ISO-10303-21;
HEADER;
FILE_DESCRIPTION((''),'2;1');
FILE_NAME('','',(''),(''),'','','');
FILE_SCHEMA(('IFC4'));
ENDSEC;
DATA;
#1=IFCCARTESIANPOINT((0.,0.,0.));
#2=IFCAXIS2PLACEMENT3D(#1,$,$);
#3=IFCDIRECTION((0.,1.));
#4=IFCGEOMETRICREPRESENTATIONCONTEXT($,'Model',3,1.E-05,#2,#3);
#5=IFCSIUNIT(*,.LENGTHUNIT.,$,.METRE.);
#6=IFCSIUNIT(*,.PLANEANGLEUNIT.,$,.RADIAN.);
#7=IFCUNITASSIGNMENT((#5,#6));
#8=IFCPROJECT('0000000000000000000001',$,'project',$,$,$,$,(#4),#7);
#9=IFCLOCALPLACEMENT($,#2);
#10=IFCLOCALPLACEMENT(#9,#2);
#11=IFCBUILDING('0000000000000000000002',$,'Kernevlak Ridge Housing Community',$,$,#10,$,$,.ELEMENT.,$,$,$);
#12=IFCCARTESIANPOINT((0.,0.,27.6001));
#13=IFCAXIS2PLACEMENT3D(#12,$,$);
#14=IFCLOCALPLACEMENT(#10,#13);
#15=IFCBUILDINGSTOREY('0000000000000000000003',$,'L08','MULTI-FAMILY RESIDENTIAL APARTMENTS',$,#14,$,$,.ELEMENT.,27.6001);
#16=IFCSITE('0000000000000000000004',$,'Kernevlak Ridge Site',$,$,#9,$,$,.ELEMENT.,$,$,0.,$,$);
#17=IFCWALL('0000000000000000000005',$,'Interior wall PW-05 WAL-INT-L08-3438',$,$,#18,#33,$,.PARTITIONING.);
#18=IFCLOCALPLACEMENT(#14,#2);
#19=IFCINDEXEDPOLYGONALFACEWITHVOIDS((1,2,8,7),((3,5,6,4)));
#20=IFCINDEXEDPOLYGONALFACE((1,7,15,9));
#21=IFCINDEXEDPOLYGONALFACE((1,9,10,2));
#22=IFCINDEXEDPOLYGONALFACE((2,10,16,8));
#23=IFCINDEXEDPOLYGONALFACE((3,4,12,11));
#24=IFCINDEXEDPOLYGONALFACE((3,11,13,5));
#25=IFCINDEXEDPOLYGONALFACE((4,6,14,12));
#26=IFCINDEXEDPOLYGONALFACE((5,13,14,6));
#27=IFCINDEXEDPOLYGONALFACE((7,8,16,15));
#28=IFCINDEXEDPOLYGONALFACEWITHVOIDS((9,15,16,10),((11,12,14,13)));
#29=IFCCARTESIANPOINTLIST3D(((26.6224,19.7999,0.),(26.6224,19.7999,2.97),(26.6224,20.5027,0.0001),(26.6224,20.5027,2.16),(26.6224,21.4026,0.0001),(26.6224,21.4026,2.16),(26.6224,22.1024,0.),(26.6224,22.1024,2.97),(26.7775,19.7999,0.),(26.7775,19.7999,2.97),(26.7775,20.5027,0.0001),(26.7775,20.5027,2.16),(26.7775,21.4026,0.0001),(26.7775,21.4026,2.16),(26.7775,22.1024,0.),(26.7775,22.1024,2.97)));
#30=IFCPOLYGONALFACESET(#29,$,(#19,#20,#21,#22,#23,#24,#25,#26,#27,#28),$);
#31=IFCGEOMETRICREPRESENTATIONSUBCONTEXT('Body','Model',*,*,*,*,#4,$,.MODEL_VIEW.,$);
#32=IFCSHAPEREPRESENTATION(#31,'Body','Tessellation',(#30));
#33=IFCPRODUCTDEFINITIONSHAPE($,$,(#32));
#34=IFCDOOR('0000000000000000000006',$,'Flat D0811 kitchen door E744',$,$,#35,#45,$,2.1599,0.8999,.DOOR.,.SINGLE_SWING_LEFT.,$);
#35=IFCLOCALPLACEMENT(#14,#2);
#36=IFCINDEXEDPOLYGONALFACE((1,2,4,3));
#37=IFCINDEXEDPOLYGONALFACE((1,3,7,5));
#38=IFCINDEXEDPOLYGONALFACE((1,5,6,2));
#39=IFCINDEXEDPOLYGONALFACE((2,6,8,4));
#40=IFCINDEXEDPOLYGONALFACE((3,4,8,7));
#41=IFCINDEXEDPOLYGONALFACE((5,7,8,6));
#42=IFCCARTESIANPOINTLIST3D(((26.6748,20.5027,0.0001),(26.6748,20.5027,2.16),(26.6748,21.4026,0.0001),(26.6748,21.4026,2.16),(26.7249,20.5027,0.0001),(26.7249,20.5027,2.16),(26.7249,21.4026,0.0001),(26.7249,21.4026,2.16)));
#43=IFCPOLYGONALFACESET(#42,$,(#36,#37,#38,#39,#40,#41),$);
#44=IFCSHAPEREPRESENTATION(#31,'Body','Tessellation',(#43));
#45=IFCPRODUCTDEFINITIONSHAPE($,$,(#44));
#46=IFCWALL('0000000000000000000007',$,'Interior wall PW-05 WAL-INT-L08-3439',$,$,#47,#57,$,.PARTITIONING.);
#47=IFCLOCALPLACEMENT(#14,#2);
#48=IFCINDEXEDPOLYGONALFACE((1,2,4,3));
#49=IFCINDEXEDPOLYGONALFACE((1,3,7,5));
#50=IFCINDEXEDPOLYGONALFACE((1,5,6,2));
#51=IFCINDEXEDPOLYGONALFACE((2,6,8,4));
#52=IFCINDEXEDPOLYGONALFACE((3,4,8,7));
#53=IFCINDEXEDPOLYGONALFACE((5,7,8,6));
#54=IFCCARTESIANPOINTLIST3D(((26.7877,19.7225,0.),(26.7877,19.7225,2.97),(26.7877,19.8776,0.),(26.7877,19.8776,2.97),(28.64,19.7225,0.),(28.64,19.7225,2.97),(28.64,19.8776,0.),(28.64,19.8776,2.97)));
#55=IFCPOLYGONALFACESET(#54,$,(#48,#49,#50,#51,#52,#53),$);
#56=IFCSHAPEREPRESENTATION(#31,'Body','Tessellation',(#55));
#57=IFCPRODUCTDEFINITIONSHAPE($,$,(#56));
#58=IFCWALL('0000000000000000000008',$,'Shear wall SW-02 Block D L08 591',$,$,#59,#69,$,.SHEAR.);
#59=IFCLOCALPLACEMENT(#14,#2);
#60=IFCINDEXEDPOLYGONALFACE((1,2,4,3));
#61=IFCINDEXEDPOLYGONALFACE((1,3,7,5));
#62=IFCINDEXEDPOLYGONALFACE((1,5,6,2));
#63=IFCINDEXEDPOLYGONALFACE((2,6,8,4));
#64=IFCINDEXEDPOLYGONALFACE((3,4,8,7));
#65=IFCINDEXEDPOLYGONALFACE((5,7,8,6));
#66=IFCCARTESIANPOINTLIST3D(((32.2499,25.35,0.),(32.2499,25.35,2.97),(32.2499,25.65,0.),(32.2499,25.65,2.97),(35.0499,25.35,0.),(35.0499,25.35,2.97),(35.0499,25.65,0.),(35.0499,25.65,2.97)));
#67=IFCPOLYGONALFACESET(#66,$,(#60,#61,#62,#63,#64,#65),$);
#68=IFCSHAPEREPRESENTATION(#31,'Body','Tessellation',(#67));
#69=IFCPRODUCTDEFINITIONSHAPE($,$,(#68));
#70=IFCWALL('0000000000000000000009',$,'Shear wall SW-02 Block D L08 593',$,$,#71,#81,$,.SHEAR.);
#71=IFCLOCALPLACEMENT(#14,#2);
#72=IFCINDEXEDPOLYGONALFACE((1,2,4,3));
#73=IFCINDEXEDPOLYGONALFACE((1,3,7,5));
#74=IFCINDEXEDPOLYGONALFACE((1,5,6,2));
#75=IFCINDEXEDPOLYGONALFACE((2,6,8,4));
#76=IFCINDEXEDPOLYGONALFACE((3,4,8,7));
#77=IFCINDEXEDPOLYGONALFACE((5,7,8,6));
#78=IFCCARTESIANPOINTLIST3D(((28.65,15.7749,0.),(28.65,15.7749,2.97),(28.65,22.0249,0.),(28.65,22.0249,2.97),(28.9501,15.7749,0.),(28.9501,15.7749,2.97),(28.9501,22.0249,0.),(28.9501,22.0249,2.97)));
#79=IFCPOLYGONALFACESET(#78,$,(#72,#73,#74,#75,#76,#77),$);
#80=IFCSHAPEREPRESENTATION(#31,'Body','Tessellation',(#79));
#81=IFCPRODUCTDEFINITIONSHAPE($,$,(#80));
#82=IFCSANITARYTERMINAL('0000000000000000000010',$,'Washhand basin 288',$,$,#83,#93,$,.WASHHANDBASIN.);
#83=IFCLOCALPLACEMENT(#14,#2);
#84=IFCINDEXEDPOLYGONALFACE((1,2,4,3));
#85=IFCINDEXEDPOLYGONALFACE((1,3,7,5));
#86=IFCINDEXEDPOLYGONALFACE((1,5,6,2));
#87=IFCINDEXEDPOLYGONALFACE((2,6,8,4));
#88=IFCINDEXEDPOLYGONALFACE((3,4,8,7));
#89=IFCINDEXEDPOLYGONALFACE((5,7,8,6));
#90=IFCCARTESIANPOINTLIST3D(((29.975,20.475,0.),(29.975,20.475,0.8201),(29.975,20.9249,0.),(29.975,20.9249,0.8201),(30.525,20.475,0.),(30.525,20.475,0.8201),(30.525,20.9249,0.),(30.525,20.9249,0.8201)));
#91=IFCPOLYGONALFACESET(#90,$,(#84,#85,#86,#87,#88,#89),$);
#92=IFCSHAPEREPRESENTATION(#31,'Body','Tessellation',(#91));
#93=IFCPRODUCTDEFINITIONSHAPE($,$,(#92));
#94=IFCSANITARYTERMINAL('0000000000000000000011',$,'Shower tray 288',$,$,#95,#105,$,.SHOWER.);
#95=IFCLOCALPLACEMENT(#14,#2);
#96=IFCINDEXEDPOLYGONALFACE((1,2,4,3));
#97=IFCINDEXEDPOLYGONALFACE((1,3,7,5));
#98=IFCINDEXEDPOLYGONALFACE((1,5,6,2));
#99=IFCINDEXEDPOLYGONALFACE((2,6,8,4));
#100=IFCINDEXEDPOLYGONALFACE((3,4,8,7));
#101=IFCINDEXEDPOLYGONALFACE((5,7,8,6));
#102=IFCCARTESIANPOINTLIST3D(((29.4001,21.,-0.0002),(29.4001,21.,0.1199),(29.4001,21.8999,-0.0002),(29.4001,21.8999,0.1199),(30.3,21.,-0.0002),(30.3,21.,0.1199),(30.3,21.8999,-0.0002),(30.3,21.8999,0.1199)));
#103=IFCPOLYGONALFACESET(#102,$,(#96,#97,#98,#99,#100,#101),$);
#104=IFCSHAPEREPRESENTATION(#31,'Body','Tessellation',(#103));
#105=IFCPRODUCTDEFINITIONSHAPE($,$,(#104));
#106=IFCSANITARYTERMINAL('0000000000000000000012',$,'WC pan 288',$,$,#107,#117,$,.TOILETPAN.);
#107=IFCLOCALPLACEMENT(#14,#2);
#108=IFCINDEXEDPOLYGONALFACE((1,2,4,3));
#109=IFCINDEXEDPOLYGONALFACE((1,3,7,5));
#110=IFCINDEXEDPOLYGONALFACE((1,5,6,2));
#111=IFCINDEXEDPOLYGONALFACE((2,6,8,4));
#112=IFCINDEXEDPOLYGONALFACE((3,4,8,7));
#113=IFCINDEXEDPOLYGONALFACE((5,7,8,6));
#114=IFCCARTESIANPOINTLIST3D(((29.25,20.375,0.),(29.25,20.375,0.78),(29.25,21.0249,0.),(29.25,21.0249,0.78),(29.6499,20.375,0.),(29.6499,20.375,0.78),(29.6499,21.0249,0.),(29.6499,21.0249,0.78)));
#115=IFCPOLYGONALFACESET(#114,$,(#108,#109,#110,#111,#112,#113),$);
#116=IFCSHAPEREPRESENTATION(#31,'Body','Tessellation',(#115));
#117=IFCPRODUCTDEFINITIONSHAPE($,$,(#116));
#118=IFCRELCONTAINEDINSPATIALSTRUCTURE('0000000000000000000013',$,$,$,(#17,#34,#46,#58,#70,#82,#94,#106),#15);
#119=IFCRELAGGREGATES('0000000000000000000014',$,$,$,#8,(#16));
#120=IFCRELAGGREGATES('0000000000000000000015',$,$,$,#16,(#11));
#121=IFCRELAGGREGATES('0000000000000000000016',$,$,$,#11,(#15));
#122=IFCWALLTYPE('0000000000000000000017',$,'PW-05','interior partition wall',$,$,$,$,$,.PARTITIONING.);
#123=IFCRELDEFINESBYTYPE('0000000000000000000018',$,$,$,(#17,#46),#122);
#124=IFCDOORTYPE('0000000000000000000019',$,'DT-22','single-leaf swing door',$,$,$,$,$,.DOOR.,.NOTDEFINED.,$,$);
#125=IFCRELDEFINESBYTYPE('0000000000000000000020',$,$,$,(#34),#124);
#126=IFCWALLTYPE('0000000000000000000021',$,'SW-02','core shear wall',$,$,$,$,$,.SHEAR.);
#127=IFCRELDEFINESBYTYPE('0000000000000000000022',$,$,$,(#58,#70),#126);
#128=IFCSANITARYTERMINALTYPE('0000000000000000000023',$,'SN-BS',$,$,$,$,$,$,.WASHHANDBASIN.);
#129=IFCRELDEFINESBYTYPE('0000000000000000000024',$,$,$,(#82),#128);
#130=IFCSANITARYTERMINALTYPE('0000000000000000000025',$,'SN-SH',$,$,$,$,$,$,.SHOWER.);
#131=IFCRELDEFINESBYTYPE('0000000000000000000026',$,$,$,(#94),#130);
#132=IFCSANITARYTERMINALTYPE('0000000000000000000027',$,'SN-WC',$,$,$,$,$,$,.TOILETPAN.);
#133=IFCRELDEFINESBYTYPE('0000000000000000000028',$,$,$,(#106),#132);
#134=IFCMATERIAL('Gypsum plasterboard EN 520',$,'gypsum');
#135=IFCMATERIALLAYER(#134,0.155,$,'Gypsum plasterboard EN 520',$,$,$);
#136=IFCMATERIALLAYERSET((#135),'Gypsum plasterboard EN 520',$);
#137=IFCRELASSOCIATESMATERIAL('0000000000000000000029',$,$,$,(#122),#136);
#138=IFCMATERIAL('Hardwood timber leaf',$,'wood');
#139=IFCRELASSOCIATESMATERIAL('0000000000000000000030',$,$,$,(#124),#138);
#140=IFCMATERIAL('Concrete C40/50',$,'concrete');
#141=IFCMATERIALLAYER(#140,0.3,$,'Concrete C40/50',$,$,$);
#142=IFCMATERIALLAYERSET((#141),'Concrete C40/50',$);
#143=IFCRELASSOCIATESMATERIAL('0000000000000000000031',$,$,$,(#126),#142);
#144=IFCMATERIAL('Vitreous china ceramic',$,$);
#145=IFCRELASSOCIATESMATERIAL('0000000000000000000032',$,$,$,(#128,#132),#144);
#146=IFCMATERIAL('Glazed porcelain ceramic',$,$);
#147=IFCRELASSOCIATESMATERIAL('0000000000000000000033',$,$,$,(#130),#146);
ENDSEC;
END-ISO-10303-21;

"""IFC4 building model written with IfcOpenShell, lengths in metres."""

from ifc_helpers import new_model, si_unit, direction, frame, frame_2d, origin, origin_2d, place, context, subcontext, project, spatial, rectangle, extrude, material, layer, layer_set, type_object, element, fill, save


model = new_model("IFC4")

# Units and contexts
model_context = context("Model", 3, precision=1e-05, world=origin(), true_north=direction((0.0, 1.0)))
body_context = subcontext(model_context, "Body", "Model", "MODEL_VIEW")
ifc_project = project(units=[si_unit("LENGTHUNIT", "METRE"), si_unit("PLANEANGLEUNIT", "RADIAN")], contexts=[model_context])

# Site, building, storey
site_placement = place(None, origin())
site = spatial("IfcSite", under=ifc_project, at=site_placement, Name="Kernevlak Ridge Site", CompositionType="ELEMENT", RefElevation=0.0)
building_placement = place(site_placement, origin())
building = spatial("IfcBuilding", under=site, at=building_placement, Name="Kernevlak Ridge Housing Community", CompositionType="ELEMENT")
storey_placement = place(building_placement, frame((0.0, 0.0, 27.6001)))
storey = spatial("IfcBuildingStorey", under=building, at=storey_placement, Name="L08", Description="MULTI-FAMILY RESIDENTIAL APARTMENTS", CompositionType="ELEMENT", Elevation=27.6001)

# Shared definitions
ifc_material_1 = material(Name="Gypsum plasterboard EN 520", Category="gypsum")

# Wall, opening, door
ifc_layer_1 = layer(ifc_material_1, 0.155, Name="Gypsum plasterboard EN 520")
ifc_layer_set_1 = layer_set([ifc_layer_1], Name="Gypsum plasterboard EN 520")
wall_type_1 = type_object("IfcWallType", Name="PW-05", Description="interior partition wall", PredefinedType="PARTITIONING", material=ifc_layer_set_1)
wall_1_placement = place(storey_placement, frame((26.7, 22.1025, 0.0), z_axis=(0.0, 0.0, 1.0), x_axis=(0.0, -1.0, 0.0)))
wall_1 = element("IfcWall", 1, at=wall_1_placement, inside=storey, type_object=wall_type_1, Name="Interior wall PW-05 WAL-INT-L08-3438", PredefinedType="PARTITIONING", context=body_context, shape_type="SweptSolid", body=[
    extrude(rectangle(XDim=2.3025, YDim=0.155, at=frame_2d((1.1514, 0.0))), origin(), (0.0, 0.0, 1.0), 2.97),
])
opening_1_placement = place(wall_1_placement, frame((0.7, 0.0, 0.0)))
opening_1 = element("IfcOpeningElement", 2, at=opening_1_placement, cuts=wall_1, PredefinedType="OPENING", context=body_context, shape_type="SweptSolid", body=[
    extrude(rectangle(XDim=0.8999, YDim=2.1599, at=frame_2d((0.45, 1.0801))), frame((0.0, 0.0874, 0.0), z_axis=(0.0, -1.0, 0.0), x_axis=(1.0, 0.0, 0.0)), (0.0, 0.0, 1.0), 0.175),
])
ifc_material_2 = material(Name="Hardwood timber leaf", Category="wood")
door_type_1 = type_object("IfcDoorType", Name="DT-22", Description="single-leaf swing door", OperationType="NOTDEFINED", PredefinedType="DOOR", material=ifc_material_2)
door_1_placement = place(opening_1_placement, origin())
door_1 = element("IfcDoor", 3, at=door_1_placement, inside=storey, type_object=door_type_1, Name="Flat D0811 kitchen door E744", OperationType="SINGLE_SWING_LEFT", OverallHeight=2.1599, OverallWidth=0.8999, PredefinedType="DOOR", context=body_context, shape_type="SweptSolid", body=[
    extrude(rectangle(XDim=0.8999, YDim=2.1599, at=frame_2d((0.45, 1.0801))), frame((0.0, 0.0249, 0.0), z_axis=(0.0, -1.0, 0.0), x_axis=(1.0, 0.0, 0.0)), (0.0, 0.0, 1.0), 0.05),
])
fill(opening_1, door_1)

# Walls
wall_2_placement = place(storey_placement, frame((26.7876, 19.8, 0.0), z_axis=(0.0, 0.0, 1.0), x_axis=(1.0, 0.0, 0.0)))
element("IfcWall", 4, at=wall_2_placement, inside=storey, type_object=wall_type_1, Name="Interior wall PW-05 WAL-INT-L08-3439", PredefinedType="PARTITIONING", context=body_context, shape_type="SweptSolid", body=[
    extrude(rectangle(XDim=1.8523, YDim=0.155, at=frame_2d((0.9263, 0.0))), origin(), (0.0, 0.0, 1.0), 2.97),
])
ifc_material_3 = material(Name="Concrete C40/50", Category="concrete")
ifc_layer_2 = layer(ifc_material_3, 0.3, Name="Concrete C40/50")
ifc_layer_set_2 = layer_set([ifc_layer_2], Name="Concrete C40/50")
wall_type_2 = type_object("IfcWallType", Name="SW-02", Description="core shear wall", PredefinedType="SHEAR", material=ifc_layer_set_2)
wall_3_placement = place(storey_placement, frame((32.25, 25.5, 0.0), z_axis=(0.0, 0.0, 1.0), x_axis=(1.0, 0.0, 0.0)))
element("IfcWall", 5, at=wall_3_placement, inside=storey, type_object=wall_type_2, Name="Shear wall SW-02 Block D L08 591", PredefinedType="SHEAR", context=body_context, shape_type="SweptSolid", body=[
    extrude(rectangle(XDim=2.8, YDim=0.3, at=frame_2d((1.3999, 0.0))), origin(), (0.0, 0.0, 1.0), 2.97),
])
wall_4_placement = place(storey_placement, frame((28.8, 15.7749, 0.0), z_axis=(0.0, 0.0, 1.0), x_axis=(0.0, 1.0, 0.0)))
element("IfcWall", 6, at=wall_4_placement, inside=storey, type_object=wall_type_2, Name="Shear wall SW-02 Block D L08 593", PredefinedType="SHEAR", context=body_context, shape_type="SweptSolid", body=[
    extrude(rectangle(XDim=6.25, YDim=0.3, at=frame_2d((3.125, 0.0))), origin(), (0.0, 0.0, 1.0), 2.97),
])

# Sanitary terminals
ifc_material_4 = material(Name="Vitreous china ceramic")
sanitary_terminal_type_1 = type_object("IfcSanitaryTerminalType", Name="SN-BS", PredefinedType="WASHHANDBASIN", material=ifc_material_4)
sanitary_terminal_1_placement = place(storey_placement, frame((30.25, 20.7, 0.0), z_axis=(0.0, 0.0, 1.0), x_axis=(1.0, 0.0, 0.0)))
element("IfcSanitaryTerminal", 7, at=sanitary_terminal_1_placement, inside=storey, type_object=sanitary_terminal_type_1, Name="Washhand basin 288", PredefinedType="WASHHANDBASIN", context=body_context, shape_type="SweptSolid", body=[
    extrude(rectangle(XDim=0.55, YDim=0.45, at=origin_2d()), origin(), (0.0, 0.0, 1.0), 0.8201),
])
ifc_material_5 = material(Name="Glazed porcelain ceramic")
sanitary_terminal_type_2 = type_object("IfcSanitaryTerminalType", Name="SN-SH", PredefinedType="SHOWER", material=ifc_material_5)
sanitary_terminal_2_placement = place(storey_placement, frame((29.8501, 21.45, -0.0002), z_axis=(0.0, 0.0, 1.0), x_axis=(1.0, 0.0, 0.0)))
element("IfcSanitaryTerminal", 8, at=sanitary_terminal_2_placement, inside=storey, type_object=sanitary_terminal_type_2, Name="Shower tray 288", PredefinedType="SHOWER", context=body_context, shape_type="SweptSolid", body=[
    extrude(rectangle(XDim=0.8999, YDim=0.8999, at=origin_2d()), origin(), (0.0, 0.0, 1.0), 0.1201),
])
sanitary_terminal_type_3 = type_object("IfcSanitaryTerminalType", Name="SN-WC", PredefinedType="TOILETPAN", material=ifc_material_4)
sanitary_terminal_3_placement = place(storey_placement, frame((29.45, 20.7, 0.0), z_axis=(0.0, 0.0, 1.0), x_axis=(1.0, 0.0, 0.0)))
element("IfcSanitaryTerminal", 9, at=sanitary_terminal_3_placement, inside=storey, type_object=sanitary_terminal_type_3, Name="WC pan 288", PredefinedType="TOILETPAN", context=body_context, shape_type="SweptSolid", body=[
    extrude(rectangle(XDim=0.3999, YDim=0.6499, at=origin_2d()), origin(), (0.0, 0.0, 1.0), 0.78),
])

save(model, "model.ifc")
